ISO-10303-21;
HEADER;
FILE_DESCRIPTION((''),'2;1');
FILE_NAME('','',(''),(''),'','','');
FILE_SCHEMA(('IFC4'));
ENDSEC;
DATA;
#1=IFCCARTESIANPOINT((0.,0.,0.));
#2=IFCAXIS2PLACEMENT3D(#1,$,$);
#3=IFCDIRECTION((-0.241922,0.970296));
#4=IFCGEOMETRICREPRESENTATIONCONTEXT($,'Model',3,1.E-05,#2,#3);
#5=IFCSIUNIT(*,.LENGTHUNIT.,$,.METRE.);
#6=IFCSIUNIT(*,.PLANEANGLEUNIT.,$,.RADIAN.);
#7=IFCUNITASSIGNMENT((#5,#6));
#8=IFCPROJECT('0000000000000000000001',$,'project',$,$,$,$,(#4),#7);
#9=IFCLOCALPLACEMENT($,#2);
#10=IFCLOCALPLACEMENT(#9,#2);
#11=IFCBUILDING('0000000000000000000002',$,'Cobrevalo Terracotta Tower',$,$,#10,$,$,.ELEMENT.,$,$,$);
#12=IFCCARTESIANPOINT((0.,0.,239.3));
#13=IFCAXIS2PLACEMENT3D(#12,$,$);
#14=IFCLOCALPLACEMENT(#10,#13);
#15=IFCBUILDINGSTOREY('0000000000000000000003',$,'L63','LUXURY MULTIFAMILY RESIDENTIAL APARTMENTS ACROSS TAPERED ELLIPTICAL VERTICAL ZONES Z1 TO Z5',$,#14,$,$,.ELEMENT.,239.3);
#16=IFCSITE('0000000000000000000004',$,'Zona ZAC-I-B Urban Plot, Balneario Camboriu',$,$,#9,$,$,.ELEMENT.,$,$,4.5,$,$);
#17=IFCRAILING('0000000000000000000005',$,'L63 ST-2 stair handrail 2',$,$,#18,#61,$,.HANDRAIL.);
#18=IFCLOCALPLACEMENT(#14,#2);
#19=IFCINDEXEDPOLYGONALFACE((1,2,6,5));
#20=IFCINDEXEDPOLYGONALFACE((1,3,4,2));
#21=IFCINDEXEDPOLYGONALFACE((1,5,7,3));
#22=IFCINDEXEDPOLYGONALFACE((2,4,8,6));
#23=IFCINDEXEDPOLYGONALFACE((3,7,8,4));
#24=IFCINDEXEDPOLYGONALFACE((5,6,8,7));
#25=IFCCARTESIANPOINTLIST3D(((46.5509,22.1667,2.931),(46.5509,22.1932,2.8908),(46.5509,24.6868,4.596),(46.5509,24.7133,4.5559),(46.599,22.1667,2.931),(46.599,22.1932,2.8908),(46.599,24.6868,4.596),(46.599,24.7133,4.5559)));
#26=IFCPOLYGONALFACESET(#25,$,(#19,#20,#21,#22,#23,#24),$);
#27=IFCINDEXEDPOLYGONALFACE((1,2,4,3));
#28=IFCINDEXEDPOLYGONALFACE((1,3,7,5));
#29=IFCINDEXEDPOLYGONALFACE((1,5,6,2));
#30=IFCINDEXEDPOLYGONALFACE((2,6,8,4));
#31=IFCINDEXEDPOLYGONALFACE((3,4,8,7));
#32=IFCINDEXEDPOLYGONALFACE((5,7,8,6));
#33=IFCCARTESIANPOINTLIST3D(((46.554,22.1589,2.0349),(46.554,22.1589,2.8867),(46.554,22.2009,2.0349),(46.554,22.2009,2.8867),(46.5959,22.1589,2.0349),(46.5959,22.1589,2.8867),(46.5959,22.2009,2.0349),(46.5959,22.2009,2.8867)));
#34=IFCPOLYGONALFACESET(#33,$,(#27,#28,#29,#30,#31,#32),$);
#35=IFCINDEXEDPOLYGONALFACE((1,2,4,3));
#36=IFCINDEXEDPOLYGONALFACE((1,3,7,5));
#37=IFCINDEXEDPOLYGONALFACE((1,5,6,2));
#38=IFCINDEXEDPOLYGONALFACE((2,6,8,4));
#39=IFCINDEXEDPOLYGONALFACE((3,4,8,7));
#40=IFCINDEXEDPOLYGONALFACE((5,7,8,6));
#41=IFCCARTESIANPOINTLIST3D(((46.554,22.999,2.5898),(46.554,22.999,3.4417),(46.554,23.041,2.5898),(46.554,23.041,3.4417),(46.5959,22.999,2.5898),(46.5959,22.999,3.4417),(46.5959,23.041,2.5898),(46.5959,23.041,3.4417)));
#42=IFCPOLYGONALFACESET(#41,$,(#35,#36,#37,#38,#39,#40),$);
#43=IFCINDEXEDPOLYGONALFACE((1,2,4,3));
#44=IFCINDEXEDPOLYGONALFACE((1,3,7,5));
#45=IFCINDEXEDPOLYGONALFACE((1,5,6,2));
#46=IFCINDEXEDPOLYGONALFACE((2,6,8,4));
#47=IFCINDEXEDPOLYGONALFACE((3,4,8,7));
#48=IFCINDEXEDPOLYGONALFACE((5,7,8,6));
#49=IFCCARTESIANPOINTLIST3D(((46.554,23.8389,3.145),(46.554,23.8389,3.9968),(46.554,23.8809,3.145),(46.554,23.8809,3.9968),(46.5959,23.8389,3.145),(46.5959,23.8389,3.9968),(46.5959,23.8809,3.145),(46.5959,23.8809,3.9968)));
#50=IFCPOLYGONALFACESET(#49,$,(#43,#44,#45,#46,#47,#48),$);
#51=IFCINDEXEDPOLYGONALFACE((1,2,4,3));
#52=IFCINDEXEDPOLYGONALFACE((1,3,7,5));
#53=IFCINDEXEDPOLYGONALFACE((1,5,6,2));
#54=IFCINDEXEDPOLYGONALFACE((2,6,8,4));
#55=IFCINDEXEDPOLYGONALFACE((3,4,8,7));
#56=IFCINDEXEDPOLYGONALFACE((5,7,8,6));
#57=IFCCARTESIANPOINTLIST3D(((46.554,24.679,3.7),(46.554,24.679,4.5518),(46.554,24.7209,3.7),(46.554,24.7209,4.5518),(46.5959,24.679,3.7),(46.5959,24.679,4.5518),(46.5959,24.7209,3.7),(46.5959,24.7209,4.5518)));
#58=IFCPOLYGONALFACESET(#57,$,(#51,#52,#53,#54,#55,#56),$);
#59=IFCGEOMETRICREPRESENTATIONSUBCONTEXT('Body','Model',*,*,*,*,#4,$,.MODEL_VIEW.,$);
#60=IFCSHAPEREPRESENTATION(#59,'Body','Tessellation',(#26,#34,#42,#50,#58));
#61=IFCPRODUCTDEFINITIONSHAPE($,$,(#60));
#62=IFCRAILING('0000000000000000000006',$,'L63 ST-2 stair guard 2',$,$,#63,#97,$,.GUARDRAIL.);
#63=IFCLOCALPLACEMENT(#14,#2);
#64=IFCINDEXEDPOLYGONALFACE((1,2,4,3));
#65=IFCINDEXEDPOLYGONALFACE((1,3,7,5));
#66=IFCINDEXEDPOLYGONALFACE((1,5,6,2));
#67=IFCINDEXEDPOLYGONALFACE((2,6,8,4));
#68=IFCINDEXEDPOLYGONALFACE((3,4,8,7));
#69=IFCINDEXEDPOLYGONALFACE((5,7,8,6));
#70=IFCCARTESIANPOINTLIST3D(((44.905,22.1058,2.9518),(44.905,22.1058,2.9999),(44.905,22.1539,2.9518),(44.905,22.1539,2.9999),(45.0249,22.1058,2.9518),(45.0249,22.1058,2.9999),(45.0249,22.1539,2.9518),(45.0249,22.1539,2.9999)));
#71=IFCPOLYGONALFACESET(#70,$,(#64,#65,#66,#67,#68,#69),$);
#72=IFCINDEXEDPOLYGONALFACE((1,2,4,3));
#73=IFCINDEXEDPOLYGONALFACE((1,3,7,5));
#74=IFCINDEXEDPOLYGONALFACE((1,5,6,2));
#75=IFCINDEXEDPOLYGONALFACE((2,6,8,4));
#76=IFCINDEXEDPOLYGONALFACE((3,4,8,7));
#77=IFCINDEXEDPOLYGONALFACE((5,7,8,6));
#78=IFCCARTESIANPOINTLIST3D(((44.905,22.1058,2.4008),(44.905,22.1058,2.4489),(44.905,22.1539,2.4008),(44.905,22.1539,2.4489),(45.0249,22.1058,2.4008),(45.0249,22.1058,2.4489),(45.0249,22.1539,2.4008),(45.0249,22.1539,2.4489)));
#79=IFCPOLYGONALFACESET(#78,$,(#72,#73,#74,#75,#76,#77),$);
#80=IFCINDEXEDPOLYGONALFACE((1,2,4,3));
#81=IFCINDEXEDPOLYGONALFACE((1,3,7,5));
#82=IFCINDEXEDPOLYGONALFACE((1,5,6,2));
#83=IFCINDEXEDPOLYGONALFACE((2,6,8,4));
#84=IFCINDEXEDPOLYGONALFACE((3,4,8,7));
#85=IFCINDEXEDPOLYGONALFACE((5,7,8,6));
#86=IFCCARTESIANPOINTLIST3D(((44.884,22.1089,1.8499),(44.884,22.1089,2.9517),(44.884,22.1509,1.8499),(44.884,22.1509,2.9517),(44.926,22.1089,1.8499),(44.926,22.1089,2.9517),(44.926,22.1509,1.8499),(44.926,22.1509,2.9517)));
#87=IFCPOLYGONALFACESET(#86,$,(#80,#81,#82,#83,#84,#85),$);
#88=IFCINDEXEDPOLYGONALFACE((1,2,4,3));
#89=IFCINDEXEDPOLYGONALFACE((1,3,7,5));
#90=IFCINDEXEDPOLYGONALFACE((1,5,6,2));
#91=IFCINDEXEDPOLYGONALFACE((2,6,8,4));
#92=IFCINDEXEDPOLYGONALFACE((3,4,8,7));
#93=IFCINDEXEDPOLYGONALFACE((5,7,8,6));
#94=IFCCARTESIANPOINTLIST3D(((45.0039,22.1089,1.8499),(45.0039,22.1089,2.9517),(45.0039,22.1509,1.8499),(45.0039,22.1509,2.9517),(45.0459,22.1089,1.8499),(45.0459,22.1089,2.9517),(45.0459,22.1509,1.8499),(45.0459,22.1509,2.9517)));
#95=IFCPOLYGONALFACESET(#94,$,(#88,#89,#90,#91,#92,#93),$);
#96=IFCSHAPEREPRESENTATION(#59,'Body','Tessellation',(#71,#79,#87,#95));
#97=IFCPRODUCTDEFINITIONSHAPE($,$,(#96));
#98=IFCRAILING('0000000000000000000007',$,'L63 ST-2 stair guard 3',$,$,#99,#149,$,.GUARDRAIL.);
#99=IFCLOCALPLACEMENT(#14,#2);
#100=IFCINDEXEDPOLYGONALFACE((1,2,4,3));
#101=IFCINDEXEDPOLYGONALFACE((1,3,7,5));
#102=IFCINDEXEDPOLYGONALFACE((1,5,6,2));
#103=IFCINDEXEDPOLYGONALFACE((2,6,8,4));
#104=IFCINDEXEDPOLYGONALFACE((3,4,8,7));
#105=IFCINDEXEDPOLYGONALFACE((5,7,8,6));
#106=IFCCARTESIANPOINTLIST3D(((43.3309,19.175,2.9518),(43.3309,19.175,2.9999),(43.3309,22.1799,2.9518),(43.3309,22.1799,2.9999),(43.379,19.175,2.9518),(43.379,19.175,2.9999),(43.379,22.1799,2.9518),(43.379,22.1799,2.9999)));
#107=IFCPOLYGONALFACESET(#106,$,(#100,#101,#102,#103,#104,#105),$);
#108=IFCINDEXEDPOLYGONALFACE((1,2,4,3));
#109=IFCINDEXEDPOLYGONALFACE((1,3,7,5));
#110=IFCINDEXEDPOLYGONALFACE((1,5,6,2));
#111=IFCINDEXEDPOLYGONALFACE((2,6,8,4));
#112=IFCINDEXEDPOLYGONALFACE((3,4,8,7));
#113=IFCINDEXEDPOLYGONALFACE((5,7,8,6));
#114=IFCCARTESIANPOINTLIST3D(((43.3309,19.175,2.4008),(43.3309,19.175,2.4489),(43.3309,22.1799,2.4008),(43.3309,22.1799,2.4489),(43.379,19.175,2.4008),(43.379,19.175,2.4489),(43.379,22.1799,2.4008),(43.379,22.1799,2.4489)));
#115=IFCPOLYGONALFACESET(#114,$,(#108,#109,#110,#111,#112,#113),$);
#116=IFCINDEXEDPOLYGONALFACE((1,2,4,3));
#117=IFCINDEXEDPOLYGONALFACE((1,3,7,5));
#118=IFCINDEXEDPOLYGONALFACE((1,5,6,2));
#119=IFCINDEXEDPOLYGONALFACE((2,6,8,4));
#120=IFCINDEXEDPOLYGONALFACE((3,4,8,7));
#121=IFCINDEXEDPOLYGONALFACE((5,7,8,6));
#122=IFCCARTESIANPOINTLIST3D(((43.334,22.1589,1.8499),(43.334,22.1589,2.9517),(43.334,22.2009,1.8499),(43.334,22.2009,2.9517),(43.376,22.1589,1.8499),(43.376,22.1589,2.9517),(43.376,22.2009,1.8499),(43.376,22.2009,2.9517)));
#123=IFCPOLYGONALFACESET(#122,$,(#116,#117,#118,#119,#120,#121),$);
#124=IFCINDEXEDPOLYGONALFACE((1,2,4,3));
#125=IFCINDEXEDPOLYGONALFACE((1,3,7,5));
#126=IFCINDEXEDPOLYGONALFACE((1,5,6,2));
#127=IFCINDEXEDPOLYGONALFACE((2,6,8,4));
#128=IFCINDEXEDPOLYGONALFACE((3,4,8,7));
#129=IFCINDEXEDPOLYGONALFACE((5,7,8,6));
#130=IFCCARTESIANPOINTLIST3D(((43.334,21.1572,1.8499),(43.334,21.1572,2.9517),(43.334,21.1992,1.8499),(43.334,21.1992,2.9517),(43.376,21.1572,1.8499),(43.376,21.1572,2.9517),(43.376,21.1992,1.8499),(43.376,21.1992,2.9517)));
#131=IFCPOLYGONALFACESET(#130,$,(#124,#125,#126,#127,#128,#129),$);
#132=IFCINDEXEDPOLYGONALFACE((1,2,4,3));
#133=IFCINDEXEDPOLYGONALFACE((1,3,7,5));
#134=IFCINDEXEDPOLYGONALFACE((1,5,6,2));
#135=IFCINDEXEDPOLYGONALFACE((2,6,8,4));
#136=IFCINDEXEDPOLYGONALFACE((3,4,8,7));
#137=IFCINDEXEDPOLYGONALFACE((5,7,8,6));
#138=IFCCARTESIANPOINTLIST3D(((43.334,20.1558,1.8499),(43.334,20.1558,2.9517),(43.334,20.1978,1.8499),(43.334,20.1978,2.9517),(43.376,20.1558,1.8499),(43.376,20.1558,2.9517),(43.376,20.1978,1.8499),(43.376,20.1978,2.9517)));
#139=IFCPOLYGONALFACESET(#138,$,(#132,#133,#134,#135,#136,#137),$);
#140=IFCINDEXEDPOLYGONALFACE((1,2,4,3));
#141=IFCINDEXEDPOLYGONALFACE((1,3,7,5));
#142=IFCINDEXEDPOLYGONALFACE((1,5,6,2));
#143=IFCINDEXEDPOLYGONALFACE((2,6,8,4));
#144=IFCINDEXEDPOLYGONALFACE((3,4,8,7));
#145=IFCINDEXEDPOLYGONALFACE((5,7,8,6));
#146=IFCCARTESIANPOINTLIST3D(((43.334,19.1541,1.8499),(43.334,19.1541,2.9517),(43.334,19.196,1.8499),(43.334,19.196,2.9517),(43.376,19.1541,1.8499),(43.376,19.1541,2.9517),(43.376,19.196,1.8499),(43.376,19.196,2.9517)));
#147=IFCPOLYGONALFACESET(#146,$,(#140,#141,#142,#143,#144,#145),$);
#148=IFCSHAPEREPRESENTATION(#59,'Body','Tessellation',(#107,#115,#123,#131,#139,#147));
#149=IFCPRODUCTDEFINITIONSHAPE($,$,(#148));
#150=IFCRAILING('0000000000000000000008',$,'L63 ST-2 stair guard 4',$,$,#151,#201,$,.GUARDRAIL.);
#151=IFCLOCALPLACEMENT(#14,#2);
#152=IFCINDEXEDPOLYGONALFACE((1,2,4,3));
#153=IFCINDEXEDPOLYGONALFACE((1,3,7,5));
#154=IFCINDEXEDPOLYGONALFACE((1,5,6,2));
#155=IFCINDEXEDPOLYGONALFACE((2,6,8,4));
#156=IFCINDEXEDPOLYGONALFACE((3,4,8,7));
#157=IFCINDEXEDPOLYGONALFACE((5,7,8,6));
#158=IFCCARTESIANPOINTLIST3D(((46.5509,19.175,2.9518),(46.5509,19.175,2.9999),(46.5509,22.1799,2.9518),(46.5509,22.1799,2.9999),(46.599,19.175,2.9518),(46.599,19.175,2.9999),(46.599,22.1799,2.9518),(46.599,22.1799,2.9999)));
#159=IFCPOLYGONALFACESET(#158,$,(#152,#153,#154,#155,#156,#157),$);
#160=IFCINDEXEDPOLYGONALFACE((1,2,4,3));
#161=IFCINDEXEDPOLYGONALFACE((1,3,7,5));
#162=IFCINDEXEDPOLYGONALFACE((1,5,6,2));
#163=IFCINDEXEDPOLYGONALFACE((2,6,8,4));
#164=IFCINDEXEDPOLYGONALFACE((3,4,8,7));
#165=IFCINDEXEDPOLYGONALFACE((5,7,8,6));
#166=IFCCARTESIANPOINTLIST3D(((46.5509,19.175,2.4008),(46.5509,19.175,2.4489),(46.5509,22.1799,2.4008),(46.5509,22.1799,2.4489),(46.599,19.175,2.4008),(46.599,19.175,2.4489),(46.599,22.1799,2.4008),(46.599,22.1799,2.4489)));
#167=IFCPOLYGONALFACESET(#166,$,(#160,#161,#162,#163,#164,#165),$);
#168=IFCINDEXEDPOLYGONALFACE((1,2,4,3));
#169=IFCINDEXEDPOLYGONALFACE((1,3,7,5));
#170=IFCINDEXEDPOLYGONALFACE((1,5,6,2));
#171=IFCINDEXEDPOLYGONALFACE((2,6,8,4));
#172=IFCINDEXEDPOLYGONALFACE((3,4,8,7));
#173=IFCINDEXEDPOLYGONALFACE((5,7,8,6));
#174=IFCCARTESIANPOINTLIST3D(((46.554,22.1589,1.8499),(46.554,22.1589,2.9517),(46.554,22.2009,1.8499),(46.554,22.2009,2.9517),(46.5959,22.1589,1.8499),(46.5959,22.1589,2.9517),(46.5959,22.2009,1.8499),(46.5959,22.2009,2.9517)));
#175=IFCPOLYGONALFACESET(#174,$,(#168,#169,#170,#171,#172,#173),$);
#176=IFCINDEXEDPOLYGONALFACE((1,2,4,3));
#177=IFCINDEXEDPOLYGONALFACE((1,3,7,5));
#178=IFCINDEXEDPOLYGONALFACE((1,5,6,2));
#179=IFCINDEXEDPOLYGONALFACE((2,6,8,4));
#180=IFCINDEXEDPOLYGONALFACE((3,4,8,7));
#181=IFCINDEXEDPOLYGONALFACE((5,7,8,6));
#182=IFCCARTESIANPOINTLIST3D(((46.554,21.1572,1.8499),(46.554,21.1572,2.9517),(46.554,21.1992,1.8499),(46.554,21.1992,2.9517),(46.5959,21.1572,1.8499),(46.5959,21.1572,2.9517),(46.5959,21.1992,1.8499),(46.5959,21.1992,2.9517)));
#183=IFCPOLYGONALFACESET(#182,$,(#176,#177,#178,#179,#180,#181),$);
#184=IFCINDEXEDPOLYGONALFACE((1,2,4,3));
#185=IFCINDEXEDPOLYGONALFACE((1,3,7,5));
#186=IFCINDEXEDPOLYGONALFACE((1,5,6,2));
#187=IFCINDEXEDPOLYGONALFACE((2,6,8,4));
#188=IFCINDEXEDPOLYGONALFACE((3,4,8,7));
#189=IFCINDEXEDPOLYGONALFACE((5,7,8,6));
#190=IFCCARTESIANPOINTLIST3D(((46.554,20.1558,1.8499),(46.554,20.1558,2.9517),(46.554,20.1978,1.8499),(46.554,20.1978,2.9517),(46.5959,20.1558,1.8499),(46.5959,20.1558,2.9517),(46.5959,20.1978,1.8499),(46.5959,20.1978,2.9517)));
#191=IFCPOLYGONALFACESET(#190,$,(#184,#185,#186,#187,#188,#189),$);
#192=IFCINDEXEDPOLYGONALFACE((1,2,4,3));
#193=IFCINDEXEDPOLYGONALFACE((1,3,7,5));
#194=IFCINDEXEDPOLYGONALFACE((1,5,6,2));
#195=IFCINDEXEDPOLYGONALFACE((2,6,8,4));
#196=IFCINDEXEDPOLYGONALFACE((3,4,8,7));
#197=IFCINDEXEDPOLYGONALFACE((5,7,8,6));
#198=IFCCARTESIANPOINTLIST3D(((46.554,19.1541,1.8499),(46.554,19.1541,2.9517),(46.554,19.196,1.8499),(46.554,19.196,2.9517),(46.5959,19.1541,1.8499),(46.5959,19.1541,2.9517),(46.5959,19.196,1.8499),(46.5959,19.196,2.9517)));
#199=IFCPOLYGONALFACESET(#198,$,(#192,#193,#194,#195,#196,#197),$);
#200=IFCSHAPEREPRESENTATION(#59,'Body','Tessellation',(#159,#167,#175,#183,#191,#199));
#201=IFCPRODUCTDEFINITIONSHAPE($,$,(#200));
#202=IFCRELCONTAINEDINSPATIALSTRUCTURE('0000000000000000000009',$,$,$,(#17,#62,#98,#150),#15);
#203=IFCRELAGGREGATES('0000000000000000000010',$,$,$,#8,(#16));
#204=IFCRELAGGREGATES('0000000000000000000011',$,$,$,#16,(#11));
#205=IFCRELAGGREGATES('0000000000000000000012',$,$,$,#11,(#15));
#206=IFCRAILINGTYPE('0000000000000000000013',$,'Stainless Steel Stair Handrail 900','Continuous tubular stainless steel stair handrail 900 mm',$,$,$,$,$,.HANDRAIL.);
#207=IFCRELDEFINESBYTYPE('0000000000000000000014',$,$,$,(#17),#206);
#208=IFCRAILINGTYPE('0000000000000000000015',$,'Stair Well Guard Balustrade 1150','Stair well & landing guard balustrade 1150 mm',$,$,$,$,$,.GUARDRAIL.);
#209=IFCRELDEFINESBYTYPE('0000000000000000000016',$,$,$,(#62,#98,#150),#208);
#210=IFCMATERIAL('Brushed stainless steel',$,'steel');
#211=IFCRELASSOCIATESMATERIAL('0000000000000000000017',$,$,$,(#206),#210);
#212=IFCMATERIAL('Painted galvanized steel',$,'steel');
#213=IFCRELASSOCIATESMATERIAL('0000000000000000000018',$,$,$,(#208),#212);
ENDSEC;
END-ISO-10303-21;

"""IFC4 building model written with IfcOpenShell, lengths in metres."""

from ifc_helpers import new_model, si_unit, direction, frame, origin, origin_2d, place, context, subcontext, project, spatial, rectangle, extrude, material, type_object, element, save


model = new_model("IFC4")

# Units and contexts
model_context = context("Model", 3, precision=1e-05, world=origin(), true_north=direction((-0.241922, 0.970296)))
body_context = subcontext(model_context, "Body", "Model", "MODEL_VIEW")
ifc_project = project(units=[si_unit("LENGTHUNIT", "METRE"), si_unit("PLANEANGLEUNIT", "RADIAN")], contexts=[model_context])

# Site, building, storey
site_placement = place(None, origin())
site = spatial("IfcSite", under=ifc_project, at=site_placement, Name="Zona ZAC-I-B Urban Plot, Balneario Camboriu", CompositionType="ELEMENT", RefElevation=4.5)
building_placement = place(site_placement, origin())
building = spatial("IfcBuilding", under=site, at=building_placement, Name="Cobrevalo Terracotta Tower", CompositionType="ELEMENT")
storey_placement = place(building_placement, frame((0.0, 0.0, 239.3)))
storey = spatial("IfcBuildingStorey", under=building, at=storey_placement, Name="L63", Description="LUXURY MULTIFAMILY RESIDENTIAL APARTMENTS ACROSS TAPERED ELLIPTICAL VERTICAL ZONES Z1 TO Z5", CompositionType="ELEMENT", Elevation=239.3)

# Railings
ifc_material_1 = material(Name="Brushed stainless steel", Category="steel")
railing_type_1 = type_object("IfcRailingType", Name="Stainless Steel Stair Handrail 900", Description="Continuous tubular stainless steel stair handrail 900 mm", PredefinedType="HANDRAIL", material=ifc_material_1)
railing_1_placement = place(storey_placement, frame((46.575, 22.1799, 2.0349)))
element("IfcRailing", 1, at=railing_1_placement, inside=storey, type_object=railing_type_1, Name="L63 ST-2 stair handrail 2", PredefinedType="HANDRAIL", context=body_context, shape_type="SweptSolid", body=[
    extrude(rectangle(XDim=0.0481, YDim=0.0481, at=origin_2d()), frame((0.0, 0.0, 0.876), z_axis=(0.0, 0.834331, 0.551263), x_axis=(-1.0, 0.0, 0.0)), (0.0, 0.0, 1.0), 3.0205),
    extrude(rectangle(XDim=0.042, YDim=0.042, at=origin_2d()), origin(), (0.0, 0.0, 1.0), 0.8518),
    extrude(rectangle(XDim=0.042, YDim=0.042, at=origin_2d()), frame((0.0, 0.8401, 0.5549)), (0.0, 0.0, 1.0), 0.8518),
    extrude(rectangle(XDim=0.042, YDim=0.042, at=origin_2d()), frame((0.0, 1.6799, 1.1101)), (0.0, 0.0, 1.0), 0.8518),
    extrude(rectangle(XDim=0.042, YDim=0.042, at=origin_2d()), frame((0.0, 2.52, 1.665)), (0.0, 0.0, 1.0), 0.8518),
])
ifc_material_2 = material(Name="Painted galvanized steel", Category="steel")
railing_type_2 = type_object("IfcRailingType", Name="Stair Well Guard Balustrade 1150", Description="Stair well & landing guard balustrade 1150 mm", PredefinedType="GUARDRAIL", material=ifc_material_2)
railing_2_placement = place(storey_placement, frame((44.905, 22.1299, 1.8499)))
element("IfcRailing", 2, at=railing_2_placement, inside=storey, type_object=railing_type_2, Name="L63 ST-2 stair guard 2", PredefinedType="GUARDRAIL", context=body_context, shape_type="SweptSolid", body=[
    extrude(rectangle(XDim=0.0481, YDim=0.0481, at=origin_2d()), frame((0.0, 0.0, 1.126), z_axis=(1.0, 0.0, 0.0), x_axis=(0.0, 1.0, 0.0)), (0.0, 0.0, 1.0), 0.1199),
    extrude(rectangle(XDim=0.0481, YDim=0.0481, at=origin_2d()), frame((0.0, 0.0, 0.575), z_axis=(1.0, 0.0, 0.0), x_axis=(0.0, 1.0, 0.0)), (0.0, 0.0, 1.0), 0.1199),
    extrude(rectangle(XDim=0.042, YDim=0.042, at=origin_2d()), origin(), (0.0, 0.0, 1.0), 1.1018),
    extrude(rectangle(XDim=0.042, YDim=0.042, at=origin_2d()), frame((0.1199, 0.0, 0.0)), (0.0, 0.0, 1.0), 1.1018),
])
for number, where, name in (
    (3, (43.355, 22.1799, 1.8499), "L63 ST-2 stair guard 3"),
    (4, (46.575, 22.1799, 1.8499), "L63 ST-2 stair guard 4"),
):
    element("IfcRailing", number, at=place(storey_placement, frame(where)), inside=storey, type_object=railing_type_2, Name=name, PredefinedType="GUARDRAIL", context=body_context, shape_type="SweptSolid", body=[
        extrude(rectangle(XDim=0.0481, YDim=0.0481, at=origin_2d()), frame((0.0, 0.0, 1.126), z_axis=(0.0, -1.0, 0.0), x_axis=(1.0, 0.0, 0.0)), (0.0, 0.0, 1.0), 3.0049),
        extrude(rectangle(XDim=0.0481, YDim=0.0481, at=origin_2d()), frame((0.0, 0.0, 0.575), z_axis=(0.0, -1.0, 0.0), x_axis=(1.0, 0.0, 0.0)), (0.0, 0.0, 1.0), 3.0049),
        extrude(rectangle(XDim=0.042, YDim=0.042, at=origin_2d()), origin(), (0.0, 0.0, 1.0), 1.1018),
        extrude(rectangle(XDim=0.042, YDim=0.042, at=origin_2d()), frame((0.0, -1.0017, 0.0)), (0.0, 0.0, 1.0), 1.1018),
        extrude(rectangle(XDim=0.042, YDim=0.042, at=origin_2d()), frame((0.0, -2.0032, 0.0)), (0.0, 0.0, 1.0), 1.1018),
        extrude(rectangle(XDim=0.042, YDim=0.042, at=origin_2d()), frame((0.0, -3.0049, 0.0)), (0.0, 0.0, 1.0), 1.1018),
    ])

save(model, "model.ifc")
